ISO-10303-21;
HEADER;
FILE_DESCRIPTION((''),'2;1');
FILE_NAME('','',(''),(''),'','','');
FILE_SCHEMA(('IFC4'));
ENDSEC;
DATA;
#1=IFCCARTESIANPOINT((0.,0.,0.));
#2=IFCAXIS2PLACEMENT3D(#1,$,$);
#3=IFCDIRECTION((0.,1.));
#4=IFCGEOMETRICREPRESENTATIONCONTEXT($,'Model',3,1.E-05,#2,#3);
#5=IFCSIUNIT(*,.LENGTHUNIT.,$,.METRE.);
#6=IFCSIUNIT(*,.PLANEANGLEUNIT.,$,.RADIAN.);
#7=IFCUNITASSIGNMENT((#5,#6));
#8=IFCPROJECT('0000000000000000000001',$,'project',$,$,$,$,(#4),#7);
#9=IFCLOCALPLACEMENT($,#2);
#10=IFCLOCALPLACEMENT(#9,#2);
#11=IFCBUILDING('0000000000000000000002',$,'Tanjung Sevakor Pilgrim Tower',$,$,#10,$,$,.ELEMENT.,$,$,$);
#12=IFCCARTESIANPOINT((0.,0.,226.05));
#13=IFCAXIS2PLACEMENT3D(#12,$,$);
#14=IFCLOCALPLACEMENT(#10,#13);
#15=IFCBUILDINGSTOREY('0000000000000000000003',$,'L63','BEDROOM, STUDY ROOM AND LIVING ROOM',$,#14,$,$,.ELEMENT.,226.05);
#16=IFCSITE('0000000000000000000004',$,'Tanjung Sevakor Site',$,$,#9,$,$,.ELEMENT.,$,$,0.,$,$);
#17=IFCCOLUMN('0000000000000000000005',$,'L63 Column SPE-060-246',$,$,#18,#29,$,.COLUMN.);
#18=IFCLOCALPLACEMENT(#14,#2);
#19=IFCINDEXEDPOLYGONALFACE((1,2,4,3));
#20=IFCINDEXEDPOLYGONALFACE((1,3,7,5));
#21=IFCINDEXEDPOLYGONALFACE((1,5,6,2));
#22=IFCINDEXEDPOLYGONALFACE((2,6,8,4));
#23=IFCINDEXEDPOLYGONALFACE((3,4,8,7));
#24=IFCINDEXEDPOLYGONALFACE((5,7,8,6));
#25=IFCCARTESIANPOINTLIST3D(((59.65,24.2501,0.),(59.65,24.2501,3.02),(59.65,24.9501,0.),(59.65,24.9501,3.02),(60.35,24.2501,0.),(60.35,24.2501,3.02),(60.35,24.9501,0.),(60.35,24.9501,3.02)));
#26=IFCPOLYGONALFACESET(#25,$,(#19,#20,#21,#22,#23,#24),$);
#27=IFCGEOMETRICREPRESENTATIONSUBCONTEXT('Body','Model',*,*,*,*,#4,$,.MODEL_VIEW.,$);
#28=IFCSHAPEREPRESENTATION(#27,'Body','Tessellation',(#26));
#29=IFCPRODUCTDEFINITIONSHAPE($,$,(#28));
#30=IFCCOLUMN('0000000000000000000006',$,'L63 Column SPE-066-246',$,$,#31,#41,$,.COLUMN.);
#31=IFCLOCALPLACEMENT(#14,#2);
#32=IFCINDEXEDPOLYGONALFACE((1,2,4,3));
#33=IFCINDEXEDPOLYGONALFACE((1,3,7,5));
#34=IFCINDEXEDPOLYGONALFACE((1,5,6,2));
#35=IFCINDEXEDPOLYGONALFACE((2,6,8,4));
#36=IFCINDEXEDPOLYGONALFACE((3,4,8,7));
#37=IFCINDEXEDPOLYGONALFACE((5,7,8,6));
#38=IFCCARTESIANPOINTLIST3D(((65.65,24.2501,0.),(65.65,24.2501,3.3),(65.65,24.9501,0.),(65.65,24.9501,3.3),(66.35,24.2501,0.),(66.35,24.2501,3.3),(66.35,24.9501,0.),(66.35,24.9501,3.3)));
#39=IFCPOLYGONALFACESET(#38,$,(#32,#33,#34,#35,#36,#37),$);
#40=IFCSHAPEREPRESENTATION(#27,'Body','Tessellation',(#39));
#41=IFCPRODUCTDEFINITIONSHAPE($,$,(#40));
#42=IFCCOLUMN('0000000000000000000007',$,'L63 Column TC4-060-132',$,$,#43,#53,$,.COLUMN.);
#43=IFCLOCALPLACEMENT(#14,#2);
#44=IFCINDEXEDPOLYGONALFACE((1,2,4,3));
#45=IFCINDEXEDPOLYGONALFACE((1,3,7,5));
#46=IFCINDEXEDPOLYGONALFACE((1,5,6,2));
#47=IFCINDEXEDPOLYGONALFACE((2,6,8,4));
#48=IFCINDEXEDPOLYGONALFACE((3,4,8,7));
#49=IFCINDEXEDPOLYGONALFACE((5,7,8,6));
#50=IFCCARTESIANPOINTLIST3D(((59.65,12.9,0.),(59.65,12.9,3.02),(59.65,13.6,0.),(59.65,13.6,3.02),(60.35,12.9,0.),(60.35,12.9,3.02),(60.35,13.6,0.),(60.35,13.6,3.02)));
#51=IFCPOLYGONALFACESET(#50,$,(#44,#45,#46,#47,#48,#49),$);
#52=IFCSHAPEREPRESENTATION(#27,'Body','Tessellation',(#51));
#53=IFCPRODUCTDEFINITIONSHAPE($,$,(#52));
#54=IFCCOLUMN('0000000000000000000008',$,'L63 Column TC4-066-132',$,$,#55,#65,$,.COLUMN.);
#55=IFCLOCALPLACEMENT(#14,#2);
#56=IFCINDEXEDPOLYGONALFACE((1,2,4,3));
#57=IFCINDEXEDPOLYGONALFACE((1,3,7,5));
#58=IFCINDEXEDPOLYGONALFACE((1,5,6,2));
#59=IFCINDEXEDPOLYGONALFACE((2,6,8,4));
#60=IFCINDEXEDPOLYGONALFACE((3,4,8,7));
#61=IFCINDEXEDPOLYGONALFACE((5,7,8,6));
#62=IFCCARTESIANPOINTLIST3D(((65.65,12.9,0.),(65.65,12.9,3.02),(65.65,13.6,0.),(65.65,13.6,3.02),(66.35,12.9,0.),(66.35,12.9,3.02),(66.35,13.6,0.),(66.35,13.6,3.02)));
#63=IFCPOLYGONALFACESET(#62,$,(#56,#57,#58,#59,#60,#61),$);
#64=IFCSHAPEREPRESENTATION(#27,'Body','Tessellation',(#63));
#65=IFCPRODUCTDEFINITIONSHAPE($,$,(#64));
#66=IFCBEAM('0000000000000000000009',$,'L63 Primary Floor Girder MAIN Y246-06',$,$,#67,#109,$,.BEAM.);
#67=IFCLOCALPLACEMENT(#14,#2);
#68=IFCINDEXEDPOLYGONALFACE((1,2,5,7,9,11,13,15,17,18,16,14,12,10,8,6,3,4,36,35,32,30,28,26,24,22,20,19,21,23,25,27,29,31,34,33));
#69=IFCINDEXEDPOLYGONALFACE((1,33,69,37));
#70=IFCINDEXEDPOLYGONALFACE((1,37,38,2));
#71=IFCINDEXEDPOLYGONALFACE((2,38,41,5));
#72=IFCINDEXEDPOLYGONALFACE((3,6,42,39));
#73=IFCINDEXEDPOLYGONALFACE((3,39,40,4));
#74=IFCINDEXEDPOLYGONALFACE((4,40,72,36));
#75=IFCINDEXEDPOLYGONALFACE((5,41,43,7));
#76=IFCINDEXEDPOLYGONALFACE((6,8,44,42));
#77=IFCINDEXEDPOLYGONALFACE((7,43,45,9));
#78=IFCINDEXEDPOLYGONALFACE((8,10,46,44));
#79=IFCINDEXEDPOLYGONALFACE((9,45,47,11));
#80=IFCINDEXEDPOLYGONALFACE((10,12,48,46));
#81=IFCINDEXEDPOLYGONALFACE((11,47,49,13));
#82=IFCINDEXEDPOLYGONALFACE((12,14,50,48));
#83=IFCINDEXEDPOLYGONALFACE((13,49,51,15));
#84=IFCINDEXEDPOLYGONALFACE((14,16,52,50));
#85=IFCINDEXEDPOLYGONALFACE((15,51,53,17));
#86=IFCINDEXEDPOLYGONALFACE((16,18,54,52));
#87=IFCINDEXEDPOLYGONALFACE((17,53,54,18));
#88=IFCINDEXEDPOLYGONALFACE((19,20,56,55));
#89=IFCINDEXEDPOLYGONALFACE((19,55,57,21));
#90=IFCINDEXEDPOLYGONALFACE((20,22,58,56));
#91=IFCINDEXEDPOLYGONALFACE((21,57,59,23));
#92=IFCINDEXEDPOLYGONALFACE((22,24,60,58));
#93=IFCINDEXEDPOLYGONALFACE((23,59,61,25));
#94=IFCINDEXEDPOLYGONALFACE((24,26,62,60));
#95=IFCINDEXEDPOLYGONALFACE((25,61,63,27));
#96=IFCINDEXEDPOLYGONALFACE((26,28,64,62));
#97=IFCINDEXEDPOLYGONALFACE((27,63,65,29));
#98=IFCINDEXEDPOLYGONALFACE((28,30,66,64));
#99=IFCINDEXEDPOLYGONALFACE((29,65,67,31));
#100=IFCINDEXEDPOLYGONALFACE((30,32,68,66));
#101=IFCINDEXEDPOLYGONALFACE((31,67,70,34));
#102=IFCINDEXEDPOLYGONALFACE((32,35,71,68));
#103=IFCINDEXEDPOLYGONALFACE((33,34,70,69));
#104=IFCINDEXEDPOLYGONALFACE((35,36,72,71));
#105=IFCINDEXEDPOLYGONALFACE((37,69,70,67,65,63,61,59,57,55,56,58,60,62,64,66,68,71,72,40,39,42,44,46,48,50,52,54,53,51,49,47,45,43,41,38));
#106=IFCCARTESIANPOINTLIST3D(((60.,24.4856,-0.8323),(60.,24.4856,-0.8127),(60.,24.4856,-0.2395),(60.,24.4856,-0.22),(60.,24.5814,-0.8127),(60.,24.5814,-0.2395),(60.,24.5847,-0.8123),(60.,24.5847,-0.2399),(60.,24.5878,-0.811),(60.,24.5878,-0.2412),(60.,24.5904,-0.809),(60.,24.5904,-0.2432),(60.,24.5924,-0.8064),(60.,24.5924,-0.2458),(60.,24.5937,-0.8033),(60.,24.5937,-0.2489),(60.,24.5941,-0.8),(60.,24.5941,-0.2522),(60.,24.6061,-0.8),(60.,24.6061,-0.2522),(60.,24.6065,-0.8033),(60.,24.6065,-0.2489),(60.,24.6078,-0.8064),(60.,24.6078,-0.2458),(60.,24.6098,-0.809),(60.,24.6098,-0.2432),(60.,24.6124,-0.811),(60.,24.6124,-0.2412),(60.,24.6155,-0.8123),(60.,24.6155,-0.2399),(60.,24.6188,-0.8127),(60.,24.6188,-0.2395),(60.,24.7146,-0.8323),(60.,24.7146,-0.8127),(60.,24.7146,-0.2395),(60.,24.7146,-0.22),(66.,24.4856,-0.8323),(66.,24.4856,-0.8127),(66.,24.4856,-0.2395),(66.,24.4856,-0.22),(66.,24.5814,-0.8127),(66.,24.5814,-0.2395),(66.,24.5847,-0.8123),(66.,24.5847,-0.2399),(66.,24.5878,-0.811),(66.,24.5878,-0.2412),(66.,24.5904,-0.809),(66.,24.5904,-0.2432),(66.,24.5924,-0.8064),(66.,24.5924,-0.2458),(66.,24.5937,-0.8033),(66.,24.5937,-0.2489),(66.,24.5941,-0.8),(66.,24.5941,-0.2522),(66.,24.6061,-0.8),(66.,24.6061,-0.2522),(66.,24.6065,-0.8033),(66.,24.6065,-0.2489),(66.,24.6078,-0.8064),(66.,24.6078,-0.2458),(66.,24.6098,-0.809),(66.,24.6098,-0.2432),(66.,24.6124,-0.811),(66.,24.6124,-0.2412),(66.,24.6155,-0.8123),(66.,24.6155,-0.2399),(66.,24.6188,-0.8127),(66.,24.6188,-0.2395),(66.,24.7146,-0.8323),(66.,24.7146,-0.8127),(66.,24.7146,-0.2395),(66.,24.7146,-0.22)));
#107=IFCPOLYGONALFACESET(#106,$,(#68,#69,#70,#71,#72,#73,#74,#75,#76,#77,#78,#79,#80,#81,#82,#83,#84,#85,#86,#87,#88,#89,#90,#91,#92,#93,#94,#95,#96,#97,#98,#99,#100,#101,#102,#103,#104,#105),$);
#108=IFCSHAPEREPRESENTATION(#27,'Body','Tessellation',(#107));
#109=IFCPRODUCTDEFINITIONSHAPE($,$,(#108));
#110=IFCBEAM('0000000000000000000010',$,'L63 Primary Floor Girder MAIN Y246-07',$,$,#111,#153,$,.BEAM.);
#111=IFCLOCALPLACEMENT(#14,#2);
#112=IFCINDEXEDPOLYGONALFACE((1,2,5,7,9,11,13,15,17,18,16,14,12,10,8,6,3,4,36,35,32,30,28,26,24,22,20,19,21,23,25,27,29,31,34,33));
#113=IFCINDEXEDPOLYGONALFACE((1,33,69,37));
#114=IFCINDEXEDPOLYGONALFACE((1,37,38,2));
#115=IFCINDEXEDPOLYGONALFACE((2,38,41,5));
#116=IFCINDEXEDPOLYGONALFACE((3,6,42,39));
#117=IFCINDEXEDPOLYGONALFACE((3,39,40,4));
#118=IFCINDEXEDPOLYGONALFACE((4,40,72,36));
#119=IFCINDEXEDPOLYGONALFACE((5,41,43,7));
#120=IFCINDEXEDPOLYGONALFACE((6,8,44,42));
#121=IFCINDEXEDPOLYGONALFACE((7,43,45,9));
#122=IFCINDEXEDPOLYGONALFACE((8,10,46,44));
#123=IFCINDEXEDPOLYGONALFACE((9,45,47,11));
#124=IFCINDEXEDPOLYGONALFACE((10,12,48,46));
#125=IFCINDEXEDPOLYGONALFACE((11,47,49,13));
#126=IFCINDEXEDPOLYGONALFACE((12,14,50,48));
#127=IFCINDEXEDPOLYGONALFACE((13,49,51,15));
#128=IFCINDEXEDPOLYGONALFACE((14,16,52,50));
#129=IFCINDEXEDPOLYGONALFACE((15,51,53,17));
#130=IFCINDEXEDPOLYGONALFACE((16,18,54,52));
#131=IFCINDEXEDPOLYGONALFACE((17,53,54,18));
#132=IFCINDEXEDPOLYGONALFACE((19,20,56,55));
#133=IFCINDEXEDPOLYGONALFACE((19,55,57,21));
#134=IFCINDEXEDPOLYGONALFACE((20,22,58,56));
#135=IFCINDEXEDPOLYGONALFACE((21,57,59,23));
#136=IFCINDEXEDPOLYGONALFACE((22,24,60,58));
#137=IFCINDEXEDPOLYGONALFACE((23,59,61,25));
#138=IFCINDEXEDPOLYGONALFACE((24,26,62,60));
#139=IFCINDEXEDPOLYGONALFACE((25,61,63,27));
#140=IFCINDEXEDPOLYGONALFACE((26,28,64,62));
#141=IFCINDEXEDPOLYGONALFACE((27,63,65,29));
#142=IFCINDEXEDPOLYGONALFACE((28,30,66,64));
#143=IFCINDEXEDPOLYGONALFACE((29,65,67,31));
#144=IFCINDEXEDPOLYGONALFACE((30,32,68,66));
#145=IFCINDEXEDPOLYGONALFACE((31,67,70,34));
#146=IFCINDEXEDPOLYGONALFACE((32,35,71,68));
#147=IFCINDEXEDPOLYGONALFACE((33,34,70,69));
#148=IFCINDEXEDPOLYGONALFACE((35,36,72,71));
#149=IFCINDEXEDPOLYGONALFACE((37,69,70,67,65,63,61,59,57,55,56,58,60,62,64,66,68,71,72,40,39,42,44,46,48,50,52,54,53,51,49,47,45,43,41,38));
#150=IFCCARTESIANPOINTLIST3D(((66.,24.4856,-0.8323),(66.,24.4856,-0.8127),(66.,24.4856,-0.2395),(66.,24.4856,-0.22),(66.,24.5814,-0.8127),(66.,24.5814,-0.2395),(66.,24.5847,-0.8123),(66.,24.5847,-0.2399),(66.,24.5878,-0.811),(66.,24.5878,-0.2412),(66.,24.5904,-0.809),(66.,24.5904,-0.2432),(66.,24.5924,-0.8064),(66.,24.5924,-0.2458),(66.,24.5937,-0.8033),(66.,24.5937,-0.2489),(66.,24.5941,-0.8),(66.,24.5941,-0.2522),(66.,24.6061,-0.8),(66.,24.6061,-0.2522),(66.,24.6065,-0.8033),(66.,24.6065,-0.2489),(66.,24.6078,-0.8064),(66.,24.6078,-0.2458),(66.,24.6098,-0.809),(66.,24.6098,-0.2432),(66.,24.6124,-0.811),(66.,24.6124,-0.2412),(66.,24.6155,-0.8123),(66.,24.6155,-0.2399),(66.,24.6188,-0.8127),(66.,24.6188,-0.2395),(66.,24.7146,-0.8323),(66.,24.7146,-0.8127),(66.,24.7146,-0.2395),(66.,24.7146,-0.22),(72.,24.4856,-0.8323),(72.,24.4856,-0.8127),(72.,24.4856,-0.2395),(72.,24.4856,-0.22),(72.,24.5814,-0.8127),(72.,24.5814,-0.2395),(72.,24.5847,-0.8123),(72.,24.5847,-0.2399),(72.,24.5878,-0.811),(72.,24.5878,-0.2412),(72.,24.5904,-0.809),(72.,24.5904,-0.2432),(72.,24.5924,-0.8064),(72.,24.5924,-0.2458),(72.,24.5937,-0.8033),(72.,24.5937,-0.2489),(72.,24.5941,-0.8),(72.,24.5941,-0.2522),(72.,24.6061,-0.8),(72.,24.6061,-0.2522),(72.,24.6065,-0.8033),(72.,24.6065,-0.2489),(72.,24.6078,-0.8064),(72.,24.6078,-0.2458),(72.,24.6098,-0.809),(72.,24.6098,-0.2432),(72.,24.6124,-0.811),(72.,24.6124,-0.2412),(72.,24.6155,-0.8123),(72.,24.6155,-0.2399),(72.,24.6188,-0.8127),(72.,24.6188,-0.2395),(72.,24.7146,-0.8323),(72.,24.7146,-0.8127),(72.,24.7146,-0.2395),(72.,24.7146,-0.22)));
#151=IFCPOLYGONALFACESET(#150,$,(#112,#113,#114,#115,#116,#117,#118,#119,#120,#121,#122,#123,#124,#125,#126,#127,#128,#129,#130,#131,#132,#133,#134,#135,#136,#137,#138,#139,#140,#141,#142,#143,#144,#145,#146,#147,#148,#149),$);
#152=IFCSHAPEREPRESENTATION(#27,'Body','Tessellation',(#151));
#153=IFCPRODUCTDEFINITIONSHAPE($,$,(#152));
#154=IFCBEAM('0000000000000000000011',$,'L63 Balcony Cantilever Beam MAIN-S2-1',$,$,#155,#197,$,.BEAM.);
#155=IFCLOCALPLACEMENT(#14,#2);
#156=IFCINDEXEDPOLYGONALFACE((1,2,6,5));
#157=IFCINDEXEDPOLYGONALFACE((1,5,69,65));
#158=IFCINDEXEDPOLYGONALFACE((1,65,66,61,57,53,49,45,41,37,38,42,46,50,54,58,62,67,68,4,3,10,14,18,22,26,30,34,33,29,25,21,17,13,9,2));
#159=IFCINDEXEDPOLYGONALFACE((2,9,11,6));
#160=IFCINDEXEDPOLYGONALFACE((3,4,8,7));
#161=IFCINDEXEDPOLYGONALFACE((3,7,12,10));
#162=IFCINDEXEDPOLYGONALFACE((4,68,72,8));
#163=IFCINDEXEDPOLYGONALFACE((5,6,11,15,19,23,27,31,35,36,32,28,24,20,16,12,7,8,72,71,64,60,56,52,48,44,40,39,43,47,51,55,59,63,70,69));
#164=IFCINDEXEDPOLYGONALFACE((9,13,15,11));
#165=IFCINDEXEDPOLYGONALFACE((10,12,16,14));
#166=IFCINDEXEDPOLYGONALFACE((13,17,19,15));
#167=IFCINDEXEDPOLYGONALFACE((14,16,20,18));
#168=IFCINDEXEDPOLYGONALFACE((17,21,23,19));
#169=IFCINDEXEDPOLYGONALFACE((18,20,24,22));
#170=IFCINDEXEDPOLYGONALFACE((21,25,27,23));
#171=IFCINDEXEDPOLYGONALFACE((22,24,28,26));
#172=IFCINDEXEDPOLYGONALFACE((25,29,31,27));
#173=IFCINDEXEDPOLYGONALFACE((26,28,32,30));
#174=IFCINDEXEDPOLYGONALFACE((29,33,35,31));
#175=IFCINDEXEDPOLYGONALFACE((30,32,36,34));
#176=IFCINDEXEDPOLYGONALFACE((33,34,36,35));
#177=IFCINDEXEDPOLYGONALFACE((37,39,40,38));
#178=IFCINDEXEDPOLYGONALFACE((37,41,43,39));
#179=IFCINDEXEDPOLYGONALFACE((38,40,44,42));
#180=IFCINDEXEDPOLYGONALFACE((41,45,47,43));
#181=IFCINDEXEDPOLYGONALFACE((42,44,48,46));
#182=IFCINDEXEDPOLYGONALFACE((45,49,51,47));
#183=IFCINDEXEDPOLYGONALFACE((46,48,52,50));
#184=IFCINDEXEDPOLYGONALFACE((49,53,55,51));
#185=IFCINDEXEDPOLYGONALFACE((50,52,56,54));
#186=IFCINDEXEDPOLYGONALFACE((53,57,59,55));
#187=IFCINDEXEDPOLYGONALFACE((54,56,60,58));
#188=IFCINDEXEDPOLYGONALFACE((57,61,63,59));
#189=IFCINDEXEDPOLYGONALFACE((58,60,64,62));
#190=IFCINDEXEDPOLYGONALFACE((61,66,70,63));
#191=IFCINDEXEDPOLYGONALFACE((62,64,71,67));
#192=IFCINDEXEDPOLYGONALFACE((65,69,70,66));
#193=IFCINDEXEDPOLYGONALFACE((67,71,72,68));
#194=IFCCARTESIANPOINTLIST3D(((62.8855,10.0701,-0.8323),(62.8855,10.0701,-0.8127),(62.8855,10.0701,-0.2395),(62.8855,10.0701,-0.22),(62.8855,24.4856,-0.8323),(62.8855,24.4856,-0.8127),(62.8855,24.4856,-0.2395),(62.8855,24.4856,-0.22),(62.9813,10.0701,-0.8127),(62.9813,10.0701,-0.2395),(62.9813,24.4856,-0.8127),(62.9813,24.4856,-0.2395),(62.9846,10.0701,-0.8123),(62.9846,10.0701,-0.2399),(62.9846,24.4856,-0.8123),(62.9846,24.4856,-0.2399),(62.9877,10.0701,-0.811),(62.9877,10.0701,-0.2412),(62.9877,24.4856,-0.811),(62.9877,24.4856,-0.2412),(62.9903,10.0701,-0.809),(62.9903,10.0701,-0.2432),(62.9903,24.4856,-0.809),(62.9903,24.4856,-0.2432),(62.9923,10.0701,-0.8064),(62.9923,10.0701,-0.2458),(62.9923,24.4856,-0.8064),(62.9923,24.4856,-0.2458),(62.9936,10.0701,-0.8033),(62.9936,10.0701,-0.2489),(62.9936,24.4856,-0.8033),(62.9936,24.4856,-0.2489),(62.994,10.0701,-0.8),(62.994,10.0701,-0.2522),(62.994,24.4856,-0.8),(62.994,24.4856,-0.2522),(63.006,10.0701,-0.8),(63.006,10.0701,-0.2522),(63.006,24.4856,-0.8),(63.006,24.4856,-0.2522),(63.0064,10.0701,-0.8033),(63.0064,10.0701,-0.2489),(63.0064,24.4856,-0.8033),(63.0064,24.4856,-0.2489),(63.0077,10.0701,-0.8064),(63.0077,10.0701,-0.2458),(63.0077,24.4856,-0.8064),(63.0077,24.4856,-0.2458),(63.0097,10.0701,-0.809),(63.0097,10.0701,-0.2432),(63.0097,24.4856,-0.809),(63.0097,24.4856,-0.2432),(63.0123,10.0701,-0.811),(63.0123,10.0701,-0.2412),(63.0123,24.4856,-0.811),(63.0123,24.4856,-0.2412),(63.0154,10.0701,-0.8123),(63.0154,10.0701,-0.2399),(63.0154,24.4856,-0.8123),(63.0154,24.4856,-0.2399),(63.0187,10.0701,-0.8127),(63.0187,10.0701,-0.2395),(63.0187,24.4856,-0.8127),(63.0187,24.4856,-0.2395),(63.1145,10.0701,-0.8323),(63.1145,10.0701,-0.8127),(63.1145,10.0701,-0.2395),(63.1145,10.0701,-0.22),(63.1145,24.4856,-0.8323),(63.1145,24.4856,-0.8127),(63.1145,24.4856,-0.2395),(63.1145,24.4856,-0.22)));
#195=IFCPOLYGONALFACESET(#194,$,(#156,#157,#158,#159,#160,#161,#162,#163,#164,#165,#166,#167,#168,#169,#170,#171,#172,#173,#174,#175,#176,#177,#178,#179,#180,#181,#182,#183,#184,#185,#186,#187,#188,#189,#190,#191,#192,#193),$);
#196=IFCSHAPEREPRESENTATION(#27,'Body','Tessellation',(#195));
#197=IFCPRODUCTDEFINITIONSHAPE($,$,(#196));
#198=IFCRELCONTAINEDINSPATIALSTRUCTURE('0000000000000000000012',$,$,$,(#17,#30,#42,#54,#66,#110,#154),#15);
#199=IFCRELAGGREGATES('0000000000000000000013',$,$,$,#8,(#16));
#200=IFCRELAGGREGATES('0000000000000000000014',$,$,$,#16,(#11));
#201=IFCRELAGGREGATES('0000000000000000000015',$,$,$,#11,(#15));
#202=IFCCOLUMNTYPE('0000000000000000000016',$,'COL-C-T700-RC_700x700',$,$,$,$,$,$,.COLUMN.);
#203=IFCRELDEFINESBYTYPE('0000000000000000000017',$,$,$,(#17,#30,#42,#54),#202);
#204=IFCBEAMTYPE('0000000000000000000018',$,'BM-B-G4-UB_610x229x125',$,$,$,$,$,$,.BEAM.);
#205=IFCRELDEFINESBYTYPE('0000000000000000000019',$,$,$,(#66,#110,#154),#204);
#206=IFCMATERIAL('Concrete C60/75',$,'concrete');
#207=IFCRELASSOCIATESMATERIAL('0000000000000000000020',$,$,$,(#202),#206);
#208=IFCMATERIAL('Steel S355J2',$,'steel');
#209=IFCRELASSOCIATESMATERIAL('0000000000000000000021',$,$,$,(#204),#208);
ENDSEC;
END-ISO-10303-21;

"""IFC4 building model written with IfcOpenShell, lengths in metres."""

from ifc_helpers import new_model, si_unit, direction, frame, origin, origin_2d, place, context, subcontext, project, spatial, rectangle, i_section, extrude, material, material_profile, profile_set, type_object, element, save


model = new_model("IFC4")

# Units and contexts
model_context = context("Model", 3, precision=1e-05, world=origin(), true_north=direction((0.0, 1.0)))
body_context = subcontext(model_context, "Body", "Model", "MODEL_VIEW")
ifc_project = project(units=[si_unit("LENGTHUNIT", "METRE"), si_unit("PLANEANGLEUNIT", "RADIAN")], contexts=[model_context])

# Site, building, storey
site_placement = place(None, origin())
site = spatial("IfcSite", under=ifc_project, at=site_placement, Name="Tanjung Sevakor Site", CompositionType="ELEMENT", RefElevation=0.0)
building_placement = place(site_placement, origin())
building = spatial("IfcBuilding", under=site, at=building_placement, Name="Tanjung Sevakor Pilgrim Tower", CompositionType="ELEMENT")
storey_placement = place(building_placement, frame((0.0, 0.0, 226.05)))
storey = spatial("IfcBuildingStorey", under=building, at=storey_placement, Name="L63", Description="BEDROOM, STUDY ROOM AND LIVING ROOM", CompositionType="ELEMENT", Elevation=226.05)

# Columns
ifc_material_1 = material(Name="Concrete C60/75", Category="concrete")
ifc_material_profile_1 = material_profile(ifc_material_1, rectangle(XDim=0.7, YDim=0.7, at=origin_2d()))
ifc_profile_set_1 = profile_set([ifc_material_profile_1], Name="Concrete C60/75")
column_type = type_object("IfcColumnType", Name="COL-C-T700-RC_700x700", PredefinedType="COLUMN", material=ifc_profile_set_1)
column_1_placement = place(storey_placement, frame((60.0, 24.6001, 0.0), z_axis=(0.0, 0.0, 1.0), x_axis=(1.0, 0.0, 0.0)))
element("IfcColumn", 1, at=column_1_placement, inside=storey, type_object=column_type, Name="L63 Column SPE-060-246", PredefinedType="COLUMN", context=body_context, shape_type="SweptSolid", body=[
    extrude(rectangle(XDim=0.7, YDim=0.7, at=origin_2d()), origin(), (0.0, 0.0, 1.0), 3.02),
])
column_2_placement = place(storey_placement, frame((66.0, 24.6001, 0.0), z_axis=(0.0, 0.0, 1.0), x_axis=(1.0, 0.0, 0.0)))
element("IfcColumn", 2, at=column_2_placement, inside=storey, type_object=column_type, Name="L63 Column SPE-066-246", PredefinedType="COLUMN", context=body_context, shape_type="SweptSolid", body=[
    extrude(rectangle(XDim=0.7, YDim=0.7, at=origin_2d()), origin(), (0.0, 0.0, 1.0), 3.3),
])
for number, where, z_axis, x_axis, name in (
    (3, (60.0, 13.25, 0.0), (0.0, 0.0, 1.0), (1.0, 0.0, 0.0), "L63 Column TC4-060-132"),
    (4, (66.0, 13.25, 0.0), (0.0, 0.0, 1.0), (1.0, 0.0, 0.0), "L63 Column TC4-066-132"),
):
    element("IfcColumn", number, at=place(storey_placement, frame(where, z_axis=z_axis, x_axis=x_axis)), inside=storey, type_object=column_type, Name=name, PredefinedType="COLUMN", context=body_context, shape_type="SweptSolid", body=[
        extrude(rectangle(XDim=0.7, YDim=0.7, at=origin_2d()), origin(), (0.0, 0.0, 1.0), 3.02),
    ])

# Beams
ifc_material_2 = material(Name="Steel S355J2", Category="steel")
ifc_material_profile_2 = material_profile(ifc_material_2, i_section(OverallWidth=0.229, OverallDepth=0.6123, WebThickness=0.012, FlangeThickness=0.0195, FilletRadius=0.0127, at=origin_2d()))
ifc_profile_set_2 = profile_set([ifc_material_profile_2], Name="Steel S355J2")
beam_type_1 = type_object("IfcBeamType", Name="BM-B-G4-UB_610x229x125", PredefinedType="BEAM", material=ifc_profile_set_2)
for number, where, z_axis, x_axis, name in (
    (5, (60.0, 24.6001, -0.5261), (1.0, 0.0, 0.0), (0.0, 1.0, 0.0), "L63 Primary Floor Girder MAIN Y246-06"),
    (6, (66.0, 24.6001, -0.5261), (1.0, 0.0, 0.0), (0.0, 1.0, 0.0), "L63 Primary Floor Girder MAIN Y246-07"),
):
    element("IfcBeam", number, at=place(storey_placement, frame(where, z_axis=z_axis, x_axis=x_axis)), inside=storey, type_object=beam_type_1, Name=name, PredefinedType="BEAM", context=body_context, shape_type="SweptSolid", body=[
        extrude(i_section(OverallWidth=0.229, OverallDepth=0.6123, WebThickness=0.012, FlangeThickness=0.0195, FilletRadius=0.0127, at=origin_2d()), origin(), (0.0, 0.0, 1.0), 6.0),
    ])
for number, where, z_axis, x_axis, name in (
    (7, (63.0, 24.4856, -0.5261), (0.0, -1.0, 0.0), (1.0, 0.0, 0.0), "L63 Balcony Cantilever Beam MAIN-S2-1"),
):
    element("IfcBeam", number, at=place(storey_placement, frame(where, z_axis=z_axis, x_axis=x_axis)), inside=storey, type_object=beam_type_1, Name=name, PredefinedType="BEAM", context=body_context, shape_type="SweptSolid", body=[
        extrude(i_section(OverallWidth=0.229, OverallDepth=0.6123, WebThickness=0.012, FlangeThickness=0.0195, FilletRadius=0.0127, at=origin_2d()), origin(), (0.0, 0.0, 1.0), 14.4155),
    ])

save(model, "model.ifc")
